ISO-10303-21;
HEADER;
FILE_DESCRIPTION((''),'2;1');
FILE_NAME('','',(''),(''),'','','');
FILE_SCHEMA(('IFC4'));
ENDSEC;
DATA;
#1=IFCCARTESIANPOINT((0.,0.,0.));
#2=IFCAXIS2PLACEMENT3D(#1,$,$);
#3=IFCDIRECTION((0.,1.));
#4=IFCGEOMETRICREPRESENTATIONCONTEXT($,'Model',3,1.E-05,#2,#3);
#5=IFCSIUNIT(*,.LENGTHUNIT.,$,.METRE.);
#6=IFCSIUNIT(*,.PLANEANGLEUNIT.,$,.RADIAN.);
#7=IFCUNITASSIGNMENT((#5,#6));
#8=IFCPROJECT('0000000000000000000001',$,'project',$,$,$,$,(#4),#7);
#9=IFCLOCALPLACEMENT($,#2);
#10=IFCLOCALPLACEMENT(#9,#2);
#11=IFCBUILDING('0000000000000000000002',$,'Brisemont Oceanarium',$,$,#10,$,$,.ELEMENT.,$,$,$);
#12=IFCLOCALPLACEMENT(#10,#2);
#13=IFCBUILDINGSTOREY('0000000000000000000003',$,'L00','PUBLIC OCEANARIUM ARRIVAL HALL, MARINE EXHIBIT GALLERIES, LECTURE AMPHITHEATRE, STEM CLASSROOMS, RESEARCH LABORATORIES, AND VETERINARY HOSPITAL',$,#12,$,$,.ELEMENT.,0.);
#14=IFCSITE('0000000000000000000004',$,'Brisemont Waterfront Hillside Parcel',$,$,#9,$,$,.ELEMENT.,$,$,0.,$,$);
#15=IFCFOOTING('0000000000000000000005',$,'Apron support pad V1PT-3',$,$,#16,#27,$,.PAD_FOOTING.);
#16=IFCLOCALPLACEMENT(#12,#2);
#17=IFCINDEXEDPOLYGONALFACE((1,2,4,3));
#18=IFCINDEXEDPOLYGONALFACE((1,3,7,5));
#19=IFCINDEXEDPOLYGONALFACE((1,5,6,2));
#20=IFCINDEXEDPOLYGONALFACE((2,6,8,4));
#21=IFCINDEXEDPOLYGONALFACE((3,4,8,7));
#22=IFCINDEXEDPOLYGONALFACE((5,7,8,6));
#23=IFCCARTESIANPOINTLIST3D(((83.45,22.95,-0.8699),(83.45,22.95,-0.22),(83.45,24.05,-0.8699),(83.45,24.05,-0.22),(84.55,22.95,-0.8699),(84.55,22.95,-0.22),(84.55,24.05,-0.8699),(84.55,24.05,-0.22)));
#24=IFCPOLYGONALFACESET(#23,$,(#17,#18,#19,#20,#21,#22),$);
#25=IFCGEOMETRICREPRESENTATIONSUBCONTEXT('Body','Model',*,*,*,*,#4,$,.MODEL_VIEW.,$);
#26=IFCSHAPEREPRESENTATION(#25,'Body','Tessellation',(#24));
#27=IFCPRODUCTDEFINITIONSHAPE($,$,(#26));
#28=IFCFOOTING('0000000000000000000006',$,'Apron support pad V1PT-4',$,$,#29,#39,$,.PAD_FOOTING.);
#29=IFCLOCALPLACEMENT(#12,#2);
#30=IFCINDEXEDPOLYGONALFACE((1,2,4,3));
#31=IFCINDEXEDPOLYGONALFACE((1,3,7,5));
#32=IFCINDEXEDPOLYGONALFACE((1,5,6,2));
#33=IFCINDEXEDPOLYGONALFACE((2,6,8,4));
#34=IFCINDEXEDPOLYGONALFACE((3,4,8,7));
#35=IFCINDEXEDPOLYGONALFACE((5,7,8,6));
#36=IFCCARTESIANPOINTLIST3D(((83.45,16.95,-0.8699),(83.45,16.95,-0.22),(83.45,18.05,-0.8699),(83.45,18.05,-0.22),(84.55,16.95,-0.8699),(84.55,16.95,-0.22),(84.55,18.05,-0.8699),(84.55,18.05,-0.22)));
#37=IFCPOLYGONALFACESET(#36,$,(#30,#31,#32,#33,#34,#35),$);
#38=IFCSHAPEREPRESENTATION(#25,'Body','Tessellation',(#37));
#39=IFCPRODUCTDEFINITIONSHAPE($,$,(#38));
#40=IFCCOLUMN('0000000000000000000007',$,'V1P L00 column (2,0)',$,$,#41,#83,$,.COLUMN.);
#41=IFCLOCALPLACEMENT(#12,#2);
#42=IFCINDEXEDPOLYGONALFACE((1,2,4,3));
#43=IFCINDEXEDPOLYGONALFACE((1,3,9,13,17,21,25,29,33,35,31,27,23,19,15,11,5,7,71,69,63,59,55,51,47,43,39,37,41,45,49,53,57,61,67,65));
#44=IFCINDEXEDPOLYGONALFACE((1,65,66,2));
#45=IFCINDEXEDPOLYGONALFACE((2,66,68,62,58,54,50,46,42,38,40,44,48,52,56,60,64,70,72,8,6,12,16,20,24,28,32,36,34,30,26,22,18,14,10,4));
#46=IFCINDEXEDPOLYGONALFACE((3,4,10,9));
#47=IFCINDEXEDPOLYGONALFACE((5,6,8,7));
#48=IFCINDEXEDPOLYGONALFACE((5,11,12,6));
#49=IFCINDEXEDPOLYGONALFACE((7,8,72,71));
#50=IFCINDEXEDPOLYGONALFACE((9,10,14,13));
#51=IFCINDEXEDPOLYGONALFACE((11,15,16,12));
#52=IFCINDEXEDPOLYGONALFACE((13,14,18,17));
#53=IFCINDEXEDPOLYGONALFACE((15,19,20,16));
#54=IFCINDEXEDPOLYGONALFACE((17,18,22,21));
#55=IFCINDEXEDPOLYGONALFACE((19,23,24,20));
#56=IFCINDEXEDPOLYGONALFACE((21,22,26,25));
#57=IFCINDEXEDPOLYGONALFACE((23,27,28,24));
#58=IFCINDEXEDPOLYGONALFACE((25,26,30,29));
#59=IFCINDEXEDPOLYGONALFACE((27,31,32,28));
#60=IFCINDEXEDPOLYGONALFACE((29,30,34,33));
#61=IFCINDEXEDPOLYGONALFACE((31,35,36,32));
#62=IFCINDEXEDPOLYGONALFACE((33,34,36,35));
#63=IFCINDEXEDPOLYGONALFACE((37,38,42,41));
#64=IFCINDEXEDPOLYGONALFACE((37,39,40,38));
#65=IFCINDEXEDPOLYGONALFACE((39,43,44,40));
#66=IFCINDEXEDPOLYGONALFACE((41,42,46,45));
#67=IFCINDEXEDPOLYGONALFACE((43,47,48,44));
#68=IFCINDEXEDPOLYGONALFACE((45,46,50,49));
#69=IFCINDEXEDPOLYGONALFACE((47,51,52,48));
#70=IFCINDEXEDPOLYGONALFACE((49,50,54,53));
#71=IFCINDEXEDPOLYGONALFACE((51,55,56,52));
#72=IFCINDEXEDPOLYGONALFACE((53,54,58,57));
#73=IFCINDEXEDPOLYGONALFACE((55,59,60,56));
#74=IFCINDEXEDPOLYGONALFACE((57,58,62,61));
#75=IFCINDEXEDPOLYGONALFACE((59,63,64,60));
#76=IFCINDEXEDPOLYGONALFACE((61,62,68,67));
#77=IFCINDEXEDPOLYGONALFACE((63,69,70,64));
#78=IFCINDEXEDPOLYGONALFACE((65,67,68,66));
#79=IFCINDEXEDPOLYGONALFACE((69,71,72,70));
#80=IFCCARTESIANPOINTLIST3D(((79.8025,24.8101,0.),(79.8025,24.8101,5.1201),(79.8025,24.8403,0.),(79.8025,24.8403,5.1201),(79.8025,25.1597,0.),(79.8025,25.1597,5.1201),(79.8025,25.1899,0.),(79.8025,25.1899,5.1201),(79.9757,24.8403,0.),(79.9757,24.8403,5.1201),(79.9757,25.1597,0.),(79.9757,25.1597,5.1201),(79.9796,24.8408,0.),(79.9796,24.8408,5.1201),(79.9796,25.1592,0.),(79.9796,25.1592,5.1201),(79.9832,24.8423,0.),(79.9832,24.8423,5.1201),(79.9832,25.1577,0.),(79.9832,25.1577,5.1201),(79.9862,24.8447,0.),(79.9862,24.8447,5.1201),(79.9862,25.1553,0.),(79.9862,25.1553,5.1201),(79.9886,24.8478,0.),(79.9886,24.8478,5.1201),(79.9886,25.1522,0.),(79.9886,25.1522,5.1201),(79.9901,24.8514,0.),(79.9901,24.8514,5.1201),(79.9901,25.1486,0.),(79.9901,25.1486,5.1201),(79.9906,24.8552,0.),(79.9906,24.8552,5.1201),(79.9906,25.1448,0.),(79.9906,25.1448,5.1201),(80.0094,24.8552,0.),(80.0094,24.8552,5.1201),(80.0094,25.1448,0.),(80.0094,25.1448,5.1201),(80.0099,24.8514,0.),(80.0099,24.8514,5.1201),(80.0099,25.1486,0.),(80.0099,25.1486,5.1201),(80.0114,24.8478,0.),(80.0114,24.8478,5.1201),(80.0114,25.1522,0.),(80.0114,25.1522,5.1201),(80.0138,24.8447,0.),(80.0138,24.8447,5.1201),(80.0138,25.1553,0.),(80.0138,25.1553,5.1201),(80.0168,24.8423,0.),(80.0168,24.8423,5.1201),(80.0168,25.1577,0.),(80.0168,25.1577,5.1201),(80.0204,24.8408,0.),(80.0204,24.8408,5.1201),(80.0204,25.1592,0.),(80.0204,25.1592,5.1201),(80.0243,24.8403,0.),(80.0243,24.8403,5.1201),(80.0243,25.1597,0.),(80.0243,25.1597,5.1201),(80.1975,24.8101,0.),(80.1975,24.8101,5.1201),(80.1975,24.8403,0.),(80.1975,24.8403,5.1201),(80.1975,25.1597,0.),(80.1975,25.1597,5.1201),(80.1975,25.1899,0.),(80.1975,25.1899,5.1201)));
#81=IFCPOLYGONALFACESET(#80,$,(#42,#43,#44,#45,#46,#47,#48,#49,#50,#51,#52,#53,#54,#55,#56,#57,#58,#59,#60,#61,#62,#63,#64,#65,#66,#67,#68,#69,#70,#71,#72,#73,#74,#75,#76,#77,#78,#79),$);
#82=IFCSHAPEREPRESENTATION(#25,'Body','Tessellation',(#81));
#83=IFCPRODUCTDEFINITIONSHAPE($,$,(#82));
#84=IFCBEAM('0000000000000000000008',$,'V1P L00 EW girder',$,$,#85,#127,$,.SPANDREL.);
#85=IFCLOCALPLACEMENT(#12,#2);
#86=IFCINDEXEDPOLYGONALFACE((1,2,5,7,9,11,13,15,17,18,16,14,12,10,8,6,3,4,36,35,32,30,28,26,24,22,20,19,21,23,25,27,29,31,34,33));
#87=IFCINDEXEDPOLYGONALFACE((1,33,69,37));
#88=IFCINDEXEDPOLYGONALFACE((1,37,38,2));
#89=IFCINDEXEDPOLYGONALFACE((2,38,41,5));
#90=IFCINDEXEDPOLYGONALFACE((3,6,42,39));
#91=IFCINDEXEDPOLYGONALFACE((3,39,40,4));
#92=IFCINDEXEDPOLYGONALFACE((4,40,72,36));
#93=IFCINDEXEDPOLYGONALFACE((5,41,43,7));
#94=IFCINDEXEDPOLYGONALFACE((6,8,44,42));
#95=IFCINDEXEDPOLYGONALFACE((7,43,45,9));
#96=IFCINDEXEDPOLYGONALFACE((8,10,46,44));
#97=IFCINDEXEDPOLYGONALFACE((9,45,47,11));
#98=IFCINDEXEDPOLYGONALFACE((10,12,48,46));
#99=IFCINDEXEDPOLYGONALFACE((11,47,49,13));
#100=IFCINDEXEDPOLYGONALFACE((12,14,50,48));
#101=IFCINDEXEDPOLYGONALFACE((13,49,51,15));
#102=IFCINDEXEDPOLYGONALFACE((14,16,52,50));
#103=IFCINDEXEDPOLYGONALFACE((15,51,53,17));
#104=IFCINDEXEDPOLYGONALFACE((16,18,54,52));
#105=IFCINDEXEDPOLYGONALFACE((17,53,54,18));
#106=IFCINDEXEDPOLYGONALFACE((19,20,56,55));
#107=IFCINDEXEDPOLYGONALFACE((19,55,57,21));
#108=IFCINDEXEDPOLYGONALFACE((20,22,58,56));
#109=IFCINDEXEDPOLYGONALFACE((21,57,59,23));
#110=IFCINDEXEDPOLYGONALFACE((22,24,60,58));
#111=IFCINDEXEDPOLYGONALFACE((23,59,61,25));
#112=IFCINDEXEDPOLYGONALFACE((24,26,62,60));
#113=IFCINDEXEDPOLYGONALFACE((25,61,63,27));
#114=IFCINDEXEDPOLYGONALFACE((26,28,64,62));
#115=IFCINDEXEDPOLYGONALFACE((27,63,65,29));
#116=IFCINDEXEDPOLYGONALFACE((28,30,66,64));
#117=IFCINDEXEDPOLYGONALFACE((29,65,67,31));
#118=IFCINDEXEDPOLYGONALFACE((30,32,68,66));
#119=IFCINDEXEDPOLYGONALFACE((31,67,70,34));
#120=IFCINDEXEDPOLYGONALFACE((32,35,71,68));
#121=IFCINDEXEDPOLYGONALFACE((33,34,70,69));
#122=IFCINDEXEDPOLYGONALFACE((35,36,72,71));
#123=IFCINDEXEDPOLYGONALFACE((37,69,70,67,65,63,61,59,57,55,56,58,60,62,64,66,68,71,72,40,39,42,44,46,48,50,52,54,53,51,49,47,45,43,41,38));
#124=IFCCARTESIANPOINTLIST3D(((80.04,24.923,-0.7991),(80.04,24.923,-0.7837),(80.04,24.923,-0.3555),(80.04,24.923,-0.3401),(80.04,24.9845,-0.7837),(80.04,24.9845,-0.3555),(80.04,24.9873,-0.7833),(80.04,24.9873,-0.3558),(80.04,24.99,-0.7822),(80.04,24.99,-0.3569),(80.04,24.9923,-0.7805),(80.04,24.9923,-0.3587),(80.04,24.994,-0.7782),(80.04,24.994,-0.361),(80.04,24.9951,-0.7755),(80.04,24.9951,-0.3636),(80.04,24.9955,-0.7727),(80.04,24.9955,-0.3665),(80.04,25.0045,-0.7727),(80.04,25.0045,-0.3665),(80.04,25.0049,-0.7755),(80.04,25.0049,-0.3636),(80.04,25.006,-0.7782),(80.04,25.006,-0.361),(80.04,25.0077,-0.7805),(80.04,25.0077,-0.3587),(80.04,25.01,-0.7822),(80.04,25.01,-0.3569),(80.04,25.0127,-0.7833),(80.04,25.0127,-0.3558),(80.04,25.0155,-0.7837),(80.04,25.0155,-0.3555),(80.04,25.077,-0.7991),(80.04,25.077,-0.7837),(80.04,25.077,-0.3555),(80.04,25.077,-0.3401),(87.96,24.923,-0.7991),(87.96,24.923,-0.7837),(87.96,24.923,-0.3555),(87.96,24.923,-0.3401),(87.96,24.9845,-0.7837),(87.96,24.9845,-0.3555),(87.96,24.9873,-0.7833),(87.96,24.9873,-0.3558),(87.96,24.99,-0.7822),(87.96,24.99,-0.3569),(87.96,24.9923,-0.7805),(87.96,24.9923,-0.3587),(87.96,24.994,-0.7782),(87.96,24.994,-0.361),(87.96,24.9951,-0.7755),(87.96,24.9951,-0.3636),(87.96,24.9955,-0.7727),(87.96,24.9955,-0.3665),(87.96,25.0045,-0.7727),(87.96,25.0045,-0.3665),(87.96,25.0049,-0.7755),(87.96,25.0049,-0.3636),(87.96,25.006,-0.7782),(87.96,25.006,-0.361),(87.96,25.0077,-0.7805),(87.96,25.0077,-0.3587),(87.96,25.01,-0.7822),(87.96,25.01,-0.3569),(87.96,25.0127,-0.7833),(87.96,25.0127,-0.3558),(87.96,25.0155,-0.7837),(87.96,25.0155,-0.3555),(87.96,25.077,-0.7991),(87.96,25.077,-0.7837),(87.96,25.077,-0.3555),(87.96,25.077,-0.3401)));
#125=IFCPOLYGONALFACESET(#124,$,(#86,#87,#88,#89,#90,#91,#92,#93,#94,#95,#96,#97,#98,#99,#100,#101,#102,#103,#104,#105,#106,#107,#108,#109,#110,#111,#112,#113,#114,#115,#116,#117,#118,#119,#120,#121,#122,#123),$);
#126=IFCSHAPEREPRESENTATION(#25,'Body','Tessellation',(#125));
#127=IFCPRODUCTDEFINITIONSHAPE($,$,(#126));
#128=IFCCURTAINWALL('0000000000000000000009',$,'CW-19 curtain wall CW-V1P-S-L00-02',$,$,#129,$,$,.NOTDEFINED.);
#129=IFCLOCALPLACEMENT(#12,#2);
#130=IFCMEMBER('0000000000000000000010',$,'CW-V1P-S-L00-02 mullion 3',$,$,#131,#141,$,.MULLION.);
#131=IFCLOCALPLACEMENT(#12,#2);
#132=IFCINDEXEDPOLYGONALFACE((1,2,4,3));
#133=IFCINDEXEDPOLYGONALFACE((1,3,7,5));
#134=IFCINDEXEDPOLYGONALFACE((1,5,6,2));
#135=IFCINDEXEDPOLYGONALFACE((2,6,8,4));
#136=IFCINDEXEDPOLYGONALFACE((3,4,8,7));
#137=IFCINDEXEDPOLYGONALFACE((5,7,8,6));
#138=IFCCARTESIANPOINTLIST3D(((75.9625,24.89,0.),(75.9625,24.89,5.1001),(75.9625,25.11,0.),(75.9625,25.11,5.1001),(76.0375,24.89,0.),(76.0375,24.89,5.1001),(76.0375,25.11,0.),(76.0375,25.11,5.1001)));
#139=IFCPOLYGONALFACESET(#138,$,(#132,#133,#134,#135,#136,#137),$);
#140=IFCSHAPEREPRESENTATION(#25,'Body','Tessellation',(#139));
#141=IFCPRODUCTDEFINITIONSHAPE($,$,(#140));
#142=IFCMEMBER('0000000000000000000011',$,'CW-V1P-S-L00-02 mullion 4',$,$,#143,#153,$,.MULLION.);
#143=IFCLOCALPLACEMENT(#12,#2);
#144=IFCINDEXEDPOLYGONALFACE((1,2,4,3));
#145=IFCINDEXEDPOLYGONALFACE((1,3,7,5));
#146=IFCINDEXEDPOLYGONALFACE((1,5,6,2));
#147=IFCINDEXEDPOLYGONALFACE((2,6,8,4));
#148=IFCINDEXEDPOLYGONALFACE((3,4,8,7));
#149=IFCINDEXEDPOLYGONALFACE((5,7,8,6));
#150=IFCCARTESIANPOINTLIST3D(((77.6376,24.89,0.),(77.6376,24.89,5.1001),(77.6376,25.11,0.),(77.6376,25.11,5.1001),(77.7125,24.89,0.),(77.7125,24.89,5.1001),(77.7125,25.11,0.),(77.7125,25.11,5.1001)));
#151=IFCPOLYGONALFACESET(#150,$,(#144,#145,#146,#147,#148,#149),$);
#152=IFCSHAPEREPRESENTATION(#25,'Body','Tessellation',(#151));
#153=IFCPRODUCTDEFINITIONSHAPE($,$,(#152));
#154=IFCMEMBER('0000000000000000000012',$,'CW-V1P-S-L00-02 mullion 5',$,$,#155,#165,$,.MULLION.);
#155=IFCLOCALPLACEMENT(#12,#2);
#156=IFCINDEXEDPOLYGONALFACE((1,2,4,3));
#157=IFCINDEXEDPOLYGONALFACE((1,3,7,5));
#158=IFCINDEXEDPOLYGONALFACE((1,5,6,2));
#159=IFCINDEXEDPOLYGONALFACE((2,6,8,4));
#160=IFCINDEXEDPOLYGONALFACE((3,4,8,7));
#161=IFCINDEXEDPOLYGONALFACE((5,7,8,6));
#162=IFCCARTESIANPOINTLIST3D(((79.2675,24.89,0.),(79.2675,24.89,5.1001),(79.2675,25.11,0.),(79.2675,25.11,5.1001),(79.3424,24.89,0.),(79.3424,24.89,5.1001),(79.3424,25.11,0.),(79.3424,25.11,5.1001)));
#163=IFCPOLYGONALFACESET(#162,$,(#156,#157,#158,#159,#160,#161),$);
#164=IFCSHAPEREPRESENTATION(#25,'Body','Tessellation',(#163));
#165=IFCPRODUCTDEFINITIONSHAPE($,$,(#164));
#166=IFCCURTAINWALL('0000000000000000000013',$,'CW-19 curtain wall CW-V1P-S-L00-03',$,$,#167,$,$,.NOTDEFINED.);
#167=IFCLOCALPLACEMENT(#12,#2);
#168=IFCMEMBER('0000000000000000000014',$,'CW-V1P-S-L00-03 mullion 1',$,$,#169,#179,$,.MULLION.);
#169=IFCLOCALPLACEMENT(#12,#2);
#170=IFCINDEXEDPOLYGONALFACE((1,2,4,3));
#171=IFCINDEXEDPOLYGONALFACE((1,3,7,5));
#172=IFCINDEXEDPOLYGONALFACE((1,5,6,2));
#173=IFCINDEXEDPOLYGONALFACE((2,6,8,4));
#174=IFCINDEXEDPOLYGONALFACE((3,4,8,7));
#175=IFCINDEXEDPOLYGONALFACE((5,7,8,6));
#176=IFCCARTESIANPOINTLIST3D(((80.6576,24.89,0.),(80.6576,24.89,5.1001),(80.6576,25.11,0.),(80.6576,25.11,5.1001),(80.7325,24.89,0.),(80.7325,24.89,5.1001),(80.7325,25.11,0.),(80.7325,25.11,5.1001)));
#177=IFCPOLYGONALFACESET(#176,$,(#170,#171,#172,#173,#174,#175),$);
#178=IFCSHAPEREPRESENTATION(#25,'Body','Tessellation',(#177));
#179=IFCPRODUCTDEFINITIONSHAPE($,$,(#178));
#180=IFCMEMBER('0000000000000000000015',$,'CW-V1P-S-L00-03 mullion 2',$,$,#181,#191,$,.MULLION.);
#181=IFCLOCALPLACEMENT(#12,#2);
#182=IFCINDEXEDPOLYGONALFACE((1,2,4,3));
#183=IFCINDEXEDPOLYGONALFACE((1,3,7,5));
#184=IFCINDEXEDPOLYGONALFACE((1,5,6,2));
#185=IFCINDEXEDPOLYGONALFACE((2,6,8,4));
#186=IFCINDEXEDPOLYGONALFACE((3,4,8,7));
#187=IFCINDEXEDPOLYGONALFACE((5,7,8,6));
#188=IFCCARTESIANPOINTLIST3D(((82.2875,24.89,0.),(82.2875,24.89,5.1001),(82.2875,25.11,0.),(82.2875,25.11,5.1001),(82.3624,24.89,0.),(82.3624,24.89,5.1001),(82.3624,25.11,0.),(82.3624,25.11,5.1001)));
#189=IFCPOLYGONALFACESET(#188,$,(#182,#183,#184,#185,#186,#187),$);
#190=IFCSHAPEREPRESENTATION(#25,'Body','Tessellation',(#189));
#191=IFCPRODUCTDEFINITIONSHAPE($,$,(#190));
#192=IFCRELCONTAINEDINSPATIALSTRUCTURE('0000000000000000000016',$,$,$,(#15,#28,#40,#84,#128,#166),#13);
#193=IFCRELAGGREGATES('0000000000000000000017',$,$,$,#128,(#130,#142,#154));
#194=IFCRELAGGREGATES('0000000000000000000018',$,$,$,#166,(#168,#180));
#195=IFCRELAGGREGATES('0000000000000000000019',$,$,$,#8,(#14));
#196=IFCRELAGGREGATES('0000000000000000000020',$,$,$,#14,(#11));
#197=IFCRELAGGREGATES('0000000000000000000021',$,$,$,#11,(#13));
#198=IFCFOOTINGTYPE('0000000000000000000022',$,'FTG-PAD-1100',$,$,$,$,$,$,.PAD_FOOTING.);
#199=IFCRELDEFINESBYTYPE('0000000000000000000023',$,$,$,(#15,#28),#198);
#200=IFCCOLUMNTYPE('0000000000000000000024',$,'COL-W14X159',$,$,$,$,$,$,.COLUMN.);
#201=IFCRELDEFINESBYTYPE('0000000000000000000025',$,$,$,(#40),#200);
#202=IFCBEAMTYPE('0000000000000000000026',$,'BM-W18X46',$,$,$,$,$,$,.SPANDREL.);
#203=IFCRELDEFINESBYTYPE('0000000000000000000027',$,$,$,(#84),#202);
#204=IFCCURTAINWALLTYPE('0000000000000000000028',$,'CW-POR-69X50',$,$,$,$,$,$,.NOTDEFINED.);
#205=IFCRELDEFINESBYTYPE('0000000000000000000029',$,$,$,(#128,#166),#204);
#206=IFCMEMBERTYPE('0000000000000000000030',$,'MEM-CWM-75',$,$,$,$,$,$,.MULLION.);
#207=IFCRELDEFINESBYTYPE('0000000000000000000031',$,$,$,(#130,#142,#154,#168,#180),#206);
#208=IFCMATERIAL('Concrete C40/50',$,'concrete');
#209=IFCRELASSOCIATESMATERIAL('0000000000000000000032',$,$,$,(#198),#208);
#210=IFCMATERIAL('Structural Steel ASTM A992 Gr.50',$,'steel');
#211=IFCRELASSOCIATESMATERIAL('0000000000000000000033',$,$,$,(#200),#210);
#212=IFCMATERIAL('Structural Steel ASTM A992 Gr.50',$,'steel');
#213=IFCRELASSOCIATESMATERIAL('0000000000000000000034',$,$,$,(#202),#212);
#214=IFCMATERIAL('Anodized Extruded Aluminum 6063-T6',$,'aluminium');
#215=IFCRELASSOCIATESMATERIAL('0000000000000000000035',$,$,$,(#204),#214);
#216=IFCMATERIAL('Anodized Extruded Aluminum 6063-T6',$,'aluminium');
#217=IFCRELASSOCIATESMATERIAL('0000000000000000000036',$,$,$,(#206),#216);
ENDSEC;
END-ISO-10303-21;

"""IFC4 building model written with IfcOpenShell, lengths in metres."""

from ifc_helpers import new_model, si_unit, direction, frame, origin, origin_2d, place, context, subcontext, project, spatial, rectangle, i_section, extrude, material, material_profile, profile_set, type_object, element, aggregate, save


model = new_model("IFC4")

# Units and contexts
model_context = context("Model", 3, precision=1e-05, world=origin(), true_north=direction((0.0, 1.0)))
body_context = subcontext(model_context, "Body", "Model", "MODEL_VIEW")
ifc_project = project(units=[si_unit("LENGTHUNIT", "METRE"), si_unit("PLANEANGLEUNIT", "RADIAN")], contexts=[model_context])

# Site, building, storey
site_placement = place(None, origin())
site = spatial("IfcSite", under=ifc_project, at=site_placement, Name="Brisemont Waterfront Hillside Parcel", CompositionType="ELEMENT", RefElevation=0.0)
building_placement = place(site_placement, origin())
building = spatial("IfcBuilding", under=site, at=building_placement, Name="Brisemont Oceanarium", CompositionType="ELEMENT")
storey_placement = place(building_placement, origin())
storey = spatial("IfcBuildingStorey", under=building, at=storey_placement, Name="L00", Description="PUBLIC OCEANARIUM ARRIVAL HALL, MARINE EXHIBIT GALLERIES, LECTURE AMPHITHEATRE, STEM CLASSROOMS, RESEARCH LABORATORIES, AND VETERINARY HOSPITAL", CompositionType="ELEMENT", Elevation=0.0)

# Footings
ifc_material_1 = material(Name="Concrete C40/50", Category="concrete")
footing_type = type_object("IfcFootingType", Name="FTG-PAD-1100", PredefinedType="PAD_FOOTING", material=ifc_material_1)
for number, where, z_axis, x_axis, name in (
    (1, (84.0, 23.5, -0.8699), (0.0, 0.0, 1.0), (1.0, 0.0, 0.0), "Apron support pad V1PT-3"),
    (2, (84.0, 17.5, -0.8699), (0.0, 0.0, 1.0), (1.0, 0.0, 0.0), "Apron support pad V1PT-4"),
):
    element("IfcFooting", number, at=place(storey_placement, frame(where, z_axis=z_axis, x_axis=x_axis)), inside=storey, type_object=footing_type, Name=name, PredefinedType="PAD_FOOTING", context=body_context, shape_type="SweptSolid", body=[
        extrude(rectangle(XDim=1.1001, YDim=1.1001, at=origin_2d()), origin(), (0.0, 0.0, 1.0), 0.6499),
    ])

# Column
ifc_material_2 = material(Name="Structural Steel ASTM A992 Gr.50", Category="steel")
ifc_material_profile_1 = material_profile(ifc_material_2, i_section(OverallWidth=0.395, OverallDepth=0.3799, WebThickness=0.0188, FlangeThickness=0.0303, FilletRadius=0.0149, at=origin_2d()), Name="W14X159")
ifc_profile_set_1 = profile_set([ifc_material_profile_1], Name="Structural Steel ASTM A992 Gr.50")
column_type = type_object("IfcColumnType", Name="COL-W14X159", PredefinedType="COLUMN", material=ifc_profile_set_1)
column_placement = place(storey_placement, frame((80.0, 25.0, 0.0), z_axis=(0.0, 0.0, 1.0), x_axis=(1.0, 0.0, 0.0)))
element("IfcColumn", 3, at=column_placement, inside=storey, type_object=column_type, Name="V1P L00 column (2,0)", PredefinedType="COLUMN", context=body_context, shape_type="SweptSolid", body=[
    extrude(i_section(OverallWidth=0.395, OverallDepth=0.3799, WebThickness=0.0188, FlangeThickness=0.0303, FilletRadius=0.0149, at=origin_2d()), origin(), (0.0, 0.0, 1.0), 5.1201),
])

# Beam
ifc_material_3 = material(Name="Structural Steel ASTM A992 Gr.50", Category="steel")
ifc_material_profile_2 = material_profile(ifc_material_3, i_section(OverallWidth=0.1541, OverallDepth=0.459, WebThickness=0.009, FlangeThickness=0.0154, FilletRadius=0.011, at=origin_2d()), Name="W18X46")
ifc_profile_set_2 = profile_set([ifc_material_profile_2], Name="Structural Steel ASTM A992 Gr.50")
beam_type = type_object("IfcBeamType", Name="BM-W18X46", PredefinedType="SPANDREL", material=ifc_profile_set_2)
beam_placement = place(storey_placement, frame((80.04, 25.0, -0.5696), z_axis=(1.0, 0.0, 0.0), x_axis=(0.0, 1.0, 0.0)))
element("IfcBeam", 4, at=beam_placement, inside=storey, type_object=beam_type, Name="V1P L00 EW girder", PredefinedType="SPANDREL", context=body_context, shape_type="SweptSolid", body=[
    extrude(i_section(OverallWidth=0.1541, OverallDepth=0.459, WebThickness=0.009, FlangeThickness=0.0154, FilletRadius=0.011, at=origin_2d()), origin(), (0.0, 0.0, 1.0), 7.9199),
])

# Curtain walls, members
ifc_material_4 = material(Name="Anodized Extruded Aluminum 6063-T6", Category="aluminium")
curtain_wall_type = type_object("IfcCurtainWallType", Name="CW-POR-69X50", PredefinedType="NOTDEFINED", material=ifc_material_4)
curtain_wall_1_placement = place(storey_placement, origin())
curtain_wall_1 = element("IfcCurtainWall", 5, at=curtain_wall_1_placement, inside=storey, type_object=curtain_wall_type, Name="CW-19 curtain wall CW-V1P-S-L00-02", PredefinedType="NOTDEFINED")
ifc_material_5 = material(Name="Anodized Extruded Aluminum 6063-T6", Category="aluminium")
ifc_material_profile_3 = material_profile(ifc_material_5, rectangle(XDim=0.075, YDim=0.22, at=origin_2d()), Name="CWM-75X220")
ifc_profile_set_3 = profile_set([ifc_material_profile_3], Name="Anodized Extruded Aluminum 6063-T6")
member_type_1 = type_object("IfcMemberType", Name="MEM-CWM-75", PredefinedType="MULLION", material=ifc_profile_set_3)
member_1_placement = place(storey_placement, frame((76.0, 25.0, 0.0), z_axis=(0.0, 0.0, 1.0), x_axis=(1.0, 0.0, 0.0)))
member_1 = element("IfcMember", 6, at=member_1_placement, type_object=member_type_1, Name="CW-V1P-S-L00-02 mullion 3", PredefinedType="MULLION", context=body_context, shape_type="SweptSolid", body=[
    extrude(rectangle(XDim=0.075, YDim=0.22, at=origin_2d()), origin(), (0.0, 0.0, 1.0), 5.1001),
])
member_2_placement = place(storey_placement, frame((77.675, 25.0, 0.0), z_axis=(0.0, 0.0, 1.0), x_axis=(1.0, 0.0, 0.0)))
member_2 = element("IfcMember", 7, at=member_2_placement, type_object=member_type_1, Name="CW-V1P-S-L00-02 mullion 4", PredefinedType="MULLION", context=body_context, shape_type="SweptSolid", body=[
    extrude(rectangle(XDim=0.075, YDim=0.22, at=origin_2d()), origin(), (0.0, 0.0, 1.0), 5.1001),
])
member_3_placement = place(storey_placement, frame((79.3049, 25.0, 0.0), z_axis=(0.0, 0.0, 1.0), x_axis=(1.0, 0.0, 0.0)))
member_3 = element("IfcMember", 8, at=member_3_placement, type_object=member_type_1, Name="CW-V1P-S-L00-02 mullion 5", PredefinedType="MULLION", context=body_context, shape_type="SweptSolid", body=[
    extrude(rectangle(XDim=0.075, YDim=0.22, at=origin_2d()), origin(), (0.0, 0.0, 1.0), 5.1001),
])
curtain_wall_2_placement = place(storey_placement, origin())
curtain_wall_2 = element("IfcCurtainWall", 9, at=curtain_wall_2_placement, inside=storey, type_object=curtain_wall_type, Name="CW-19 curtain wall CW-V1P-S-L00-03", PredefinedType="NOTDEFINED")
member_4_placement = place(storey_placement, frame((80.6951, 25.0, 0.0), z_axis=(0.0, 0.0, 1.0), x_axis=(1.0, 0.0, 0.0)))
member_4 = element("IfcMember", 10, at=member_4_placement, type_object=member_type_1, Name="CW-V1P-S-L00-03 mullion 1", PredefinedType="MULLION", context=body_context, shape_type="SweptSolid", body=[
    extrude(rectangle(XDim=0.075, YDim=0.22, at=origin_2d()), origin(), (0.0, 0.0, 1.0), 5.1001),
])
member_5_placement = place(storey_placement, frame((82.325, 25.0, 0.0), z_axis=(0.0, 0.0, 1.0), x_axis=(1.0, 0.0, 0.0)))
member_5 = element("IfcMember", 11, at=member_5_placement, type_object=member_type_1, Name="CW-V1P-S-L00-03 mullion 2", PredefinedType="MULLION", context=body_context, shape_type="SweptSolid", body=[
    extrude(rectangle(XDim=0.075, YDim=0.22, at=origin_2d()), origin(), (0.0, 0.0, 1.0), 5.1001),
])

aggregate(curtain_wall_1, [member_1, member_2, member_3])
aggregate(curtain_wall_2, [member_4, member_5])

save(model, "model.ifc")
